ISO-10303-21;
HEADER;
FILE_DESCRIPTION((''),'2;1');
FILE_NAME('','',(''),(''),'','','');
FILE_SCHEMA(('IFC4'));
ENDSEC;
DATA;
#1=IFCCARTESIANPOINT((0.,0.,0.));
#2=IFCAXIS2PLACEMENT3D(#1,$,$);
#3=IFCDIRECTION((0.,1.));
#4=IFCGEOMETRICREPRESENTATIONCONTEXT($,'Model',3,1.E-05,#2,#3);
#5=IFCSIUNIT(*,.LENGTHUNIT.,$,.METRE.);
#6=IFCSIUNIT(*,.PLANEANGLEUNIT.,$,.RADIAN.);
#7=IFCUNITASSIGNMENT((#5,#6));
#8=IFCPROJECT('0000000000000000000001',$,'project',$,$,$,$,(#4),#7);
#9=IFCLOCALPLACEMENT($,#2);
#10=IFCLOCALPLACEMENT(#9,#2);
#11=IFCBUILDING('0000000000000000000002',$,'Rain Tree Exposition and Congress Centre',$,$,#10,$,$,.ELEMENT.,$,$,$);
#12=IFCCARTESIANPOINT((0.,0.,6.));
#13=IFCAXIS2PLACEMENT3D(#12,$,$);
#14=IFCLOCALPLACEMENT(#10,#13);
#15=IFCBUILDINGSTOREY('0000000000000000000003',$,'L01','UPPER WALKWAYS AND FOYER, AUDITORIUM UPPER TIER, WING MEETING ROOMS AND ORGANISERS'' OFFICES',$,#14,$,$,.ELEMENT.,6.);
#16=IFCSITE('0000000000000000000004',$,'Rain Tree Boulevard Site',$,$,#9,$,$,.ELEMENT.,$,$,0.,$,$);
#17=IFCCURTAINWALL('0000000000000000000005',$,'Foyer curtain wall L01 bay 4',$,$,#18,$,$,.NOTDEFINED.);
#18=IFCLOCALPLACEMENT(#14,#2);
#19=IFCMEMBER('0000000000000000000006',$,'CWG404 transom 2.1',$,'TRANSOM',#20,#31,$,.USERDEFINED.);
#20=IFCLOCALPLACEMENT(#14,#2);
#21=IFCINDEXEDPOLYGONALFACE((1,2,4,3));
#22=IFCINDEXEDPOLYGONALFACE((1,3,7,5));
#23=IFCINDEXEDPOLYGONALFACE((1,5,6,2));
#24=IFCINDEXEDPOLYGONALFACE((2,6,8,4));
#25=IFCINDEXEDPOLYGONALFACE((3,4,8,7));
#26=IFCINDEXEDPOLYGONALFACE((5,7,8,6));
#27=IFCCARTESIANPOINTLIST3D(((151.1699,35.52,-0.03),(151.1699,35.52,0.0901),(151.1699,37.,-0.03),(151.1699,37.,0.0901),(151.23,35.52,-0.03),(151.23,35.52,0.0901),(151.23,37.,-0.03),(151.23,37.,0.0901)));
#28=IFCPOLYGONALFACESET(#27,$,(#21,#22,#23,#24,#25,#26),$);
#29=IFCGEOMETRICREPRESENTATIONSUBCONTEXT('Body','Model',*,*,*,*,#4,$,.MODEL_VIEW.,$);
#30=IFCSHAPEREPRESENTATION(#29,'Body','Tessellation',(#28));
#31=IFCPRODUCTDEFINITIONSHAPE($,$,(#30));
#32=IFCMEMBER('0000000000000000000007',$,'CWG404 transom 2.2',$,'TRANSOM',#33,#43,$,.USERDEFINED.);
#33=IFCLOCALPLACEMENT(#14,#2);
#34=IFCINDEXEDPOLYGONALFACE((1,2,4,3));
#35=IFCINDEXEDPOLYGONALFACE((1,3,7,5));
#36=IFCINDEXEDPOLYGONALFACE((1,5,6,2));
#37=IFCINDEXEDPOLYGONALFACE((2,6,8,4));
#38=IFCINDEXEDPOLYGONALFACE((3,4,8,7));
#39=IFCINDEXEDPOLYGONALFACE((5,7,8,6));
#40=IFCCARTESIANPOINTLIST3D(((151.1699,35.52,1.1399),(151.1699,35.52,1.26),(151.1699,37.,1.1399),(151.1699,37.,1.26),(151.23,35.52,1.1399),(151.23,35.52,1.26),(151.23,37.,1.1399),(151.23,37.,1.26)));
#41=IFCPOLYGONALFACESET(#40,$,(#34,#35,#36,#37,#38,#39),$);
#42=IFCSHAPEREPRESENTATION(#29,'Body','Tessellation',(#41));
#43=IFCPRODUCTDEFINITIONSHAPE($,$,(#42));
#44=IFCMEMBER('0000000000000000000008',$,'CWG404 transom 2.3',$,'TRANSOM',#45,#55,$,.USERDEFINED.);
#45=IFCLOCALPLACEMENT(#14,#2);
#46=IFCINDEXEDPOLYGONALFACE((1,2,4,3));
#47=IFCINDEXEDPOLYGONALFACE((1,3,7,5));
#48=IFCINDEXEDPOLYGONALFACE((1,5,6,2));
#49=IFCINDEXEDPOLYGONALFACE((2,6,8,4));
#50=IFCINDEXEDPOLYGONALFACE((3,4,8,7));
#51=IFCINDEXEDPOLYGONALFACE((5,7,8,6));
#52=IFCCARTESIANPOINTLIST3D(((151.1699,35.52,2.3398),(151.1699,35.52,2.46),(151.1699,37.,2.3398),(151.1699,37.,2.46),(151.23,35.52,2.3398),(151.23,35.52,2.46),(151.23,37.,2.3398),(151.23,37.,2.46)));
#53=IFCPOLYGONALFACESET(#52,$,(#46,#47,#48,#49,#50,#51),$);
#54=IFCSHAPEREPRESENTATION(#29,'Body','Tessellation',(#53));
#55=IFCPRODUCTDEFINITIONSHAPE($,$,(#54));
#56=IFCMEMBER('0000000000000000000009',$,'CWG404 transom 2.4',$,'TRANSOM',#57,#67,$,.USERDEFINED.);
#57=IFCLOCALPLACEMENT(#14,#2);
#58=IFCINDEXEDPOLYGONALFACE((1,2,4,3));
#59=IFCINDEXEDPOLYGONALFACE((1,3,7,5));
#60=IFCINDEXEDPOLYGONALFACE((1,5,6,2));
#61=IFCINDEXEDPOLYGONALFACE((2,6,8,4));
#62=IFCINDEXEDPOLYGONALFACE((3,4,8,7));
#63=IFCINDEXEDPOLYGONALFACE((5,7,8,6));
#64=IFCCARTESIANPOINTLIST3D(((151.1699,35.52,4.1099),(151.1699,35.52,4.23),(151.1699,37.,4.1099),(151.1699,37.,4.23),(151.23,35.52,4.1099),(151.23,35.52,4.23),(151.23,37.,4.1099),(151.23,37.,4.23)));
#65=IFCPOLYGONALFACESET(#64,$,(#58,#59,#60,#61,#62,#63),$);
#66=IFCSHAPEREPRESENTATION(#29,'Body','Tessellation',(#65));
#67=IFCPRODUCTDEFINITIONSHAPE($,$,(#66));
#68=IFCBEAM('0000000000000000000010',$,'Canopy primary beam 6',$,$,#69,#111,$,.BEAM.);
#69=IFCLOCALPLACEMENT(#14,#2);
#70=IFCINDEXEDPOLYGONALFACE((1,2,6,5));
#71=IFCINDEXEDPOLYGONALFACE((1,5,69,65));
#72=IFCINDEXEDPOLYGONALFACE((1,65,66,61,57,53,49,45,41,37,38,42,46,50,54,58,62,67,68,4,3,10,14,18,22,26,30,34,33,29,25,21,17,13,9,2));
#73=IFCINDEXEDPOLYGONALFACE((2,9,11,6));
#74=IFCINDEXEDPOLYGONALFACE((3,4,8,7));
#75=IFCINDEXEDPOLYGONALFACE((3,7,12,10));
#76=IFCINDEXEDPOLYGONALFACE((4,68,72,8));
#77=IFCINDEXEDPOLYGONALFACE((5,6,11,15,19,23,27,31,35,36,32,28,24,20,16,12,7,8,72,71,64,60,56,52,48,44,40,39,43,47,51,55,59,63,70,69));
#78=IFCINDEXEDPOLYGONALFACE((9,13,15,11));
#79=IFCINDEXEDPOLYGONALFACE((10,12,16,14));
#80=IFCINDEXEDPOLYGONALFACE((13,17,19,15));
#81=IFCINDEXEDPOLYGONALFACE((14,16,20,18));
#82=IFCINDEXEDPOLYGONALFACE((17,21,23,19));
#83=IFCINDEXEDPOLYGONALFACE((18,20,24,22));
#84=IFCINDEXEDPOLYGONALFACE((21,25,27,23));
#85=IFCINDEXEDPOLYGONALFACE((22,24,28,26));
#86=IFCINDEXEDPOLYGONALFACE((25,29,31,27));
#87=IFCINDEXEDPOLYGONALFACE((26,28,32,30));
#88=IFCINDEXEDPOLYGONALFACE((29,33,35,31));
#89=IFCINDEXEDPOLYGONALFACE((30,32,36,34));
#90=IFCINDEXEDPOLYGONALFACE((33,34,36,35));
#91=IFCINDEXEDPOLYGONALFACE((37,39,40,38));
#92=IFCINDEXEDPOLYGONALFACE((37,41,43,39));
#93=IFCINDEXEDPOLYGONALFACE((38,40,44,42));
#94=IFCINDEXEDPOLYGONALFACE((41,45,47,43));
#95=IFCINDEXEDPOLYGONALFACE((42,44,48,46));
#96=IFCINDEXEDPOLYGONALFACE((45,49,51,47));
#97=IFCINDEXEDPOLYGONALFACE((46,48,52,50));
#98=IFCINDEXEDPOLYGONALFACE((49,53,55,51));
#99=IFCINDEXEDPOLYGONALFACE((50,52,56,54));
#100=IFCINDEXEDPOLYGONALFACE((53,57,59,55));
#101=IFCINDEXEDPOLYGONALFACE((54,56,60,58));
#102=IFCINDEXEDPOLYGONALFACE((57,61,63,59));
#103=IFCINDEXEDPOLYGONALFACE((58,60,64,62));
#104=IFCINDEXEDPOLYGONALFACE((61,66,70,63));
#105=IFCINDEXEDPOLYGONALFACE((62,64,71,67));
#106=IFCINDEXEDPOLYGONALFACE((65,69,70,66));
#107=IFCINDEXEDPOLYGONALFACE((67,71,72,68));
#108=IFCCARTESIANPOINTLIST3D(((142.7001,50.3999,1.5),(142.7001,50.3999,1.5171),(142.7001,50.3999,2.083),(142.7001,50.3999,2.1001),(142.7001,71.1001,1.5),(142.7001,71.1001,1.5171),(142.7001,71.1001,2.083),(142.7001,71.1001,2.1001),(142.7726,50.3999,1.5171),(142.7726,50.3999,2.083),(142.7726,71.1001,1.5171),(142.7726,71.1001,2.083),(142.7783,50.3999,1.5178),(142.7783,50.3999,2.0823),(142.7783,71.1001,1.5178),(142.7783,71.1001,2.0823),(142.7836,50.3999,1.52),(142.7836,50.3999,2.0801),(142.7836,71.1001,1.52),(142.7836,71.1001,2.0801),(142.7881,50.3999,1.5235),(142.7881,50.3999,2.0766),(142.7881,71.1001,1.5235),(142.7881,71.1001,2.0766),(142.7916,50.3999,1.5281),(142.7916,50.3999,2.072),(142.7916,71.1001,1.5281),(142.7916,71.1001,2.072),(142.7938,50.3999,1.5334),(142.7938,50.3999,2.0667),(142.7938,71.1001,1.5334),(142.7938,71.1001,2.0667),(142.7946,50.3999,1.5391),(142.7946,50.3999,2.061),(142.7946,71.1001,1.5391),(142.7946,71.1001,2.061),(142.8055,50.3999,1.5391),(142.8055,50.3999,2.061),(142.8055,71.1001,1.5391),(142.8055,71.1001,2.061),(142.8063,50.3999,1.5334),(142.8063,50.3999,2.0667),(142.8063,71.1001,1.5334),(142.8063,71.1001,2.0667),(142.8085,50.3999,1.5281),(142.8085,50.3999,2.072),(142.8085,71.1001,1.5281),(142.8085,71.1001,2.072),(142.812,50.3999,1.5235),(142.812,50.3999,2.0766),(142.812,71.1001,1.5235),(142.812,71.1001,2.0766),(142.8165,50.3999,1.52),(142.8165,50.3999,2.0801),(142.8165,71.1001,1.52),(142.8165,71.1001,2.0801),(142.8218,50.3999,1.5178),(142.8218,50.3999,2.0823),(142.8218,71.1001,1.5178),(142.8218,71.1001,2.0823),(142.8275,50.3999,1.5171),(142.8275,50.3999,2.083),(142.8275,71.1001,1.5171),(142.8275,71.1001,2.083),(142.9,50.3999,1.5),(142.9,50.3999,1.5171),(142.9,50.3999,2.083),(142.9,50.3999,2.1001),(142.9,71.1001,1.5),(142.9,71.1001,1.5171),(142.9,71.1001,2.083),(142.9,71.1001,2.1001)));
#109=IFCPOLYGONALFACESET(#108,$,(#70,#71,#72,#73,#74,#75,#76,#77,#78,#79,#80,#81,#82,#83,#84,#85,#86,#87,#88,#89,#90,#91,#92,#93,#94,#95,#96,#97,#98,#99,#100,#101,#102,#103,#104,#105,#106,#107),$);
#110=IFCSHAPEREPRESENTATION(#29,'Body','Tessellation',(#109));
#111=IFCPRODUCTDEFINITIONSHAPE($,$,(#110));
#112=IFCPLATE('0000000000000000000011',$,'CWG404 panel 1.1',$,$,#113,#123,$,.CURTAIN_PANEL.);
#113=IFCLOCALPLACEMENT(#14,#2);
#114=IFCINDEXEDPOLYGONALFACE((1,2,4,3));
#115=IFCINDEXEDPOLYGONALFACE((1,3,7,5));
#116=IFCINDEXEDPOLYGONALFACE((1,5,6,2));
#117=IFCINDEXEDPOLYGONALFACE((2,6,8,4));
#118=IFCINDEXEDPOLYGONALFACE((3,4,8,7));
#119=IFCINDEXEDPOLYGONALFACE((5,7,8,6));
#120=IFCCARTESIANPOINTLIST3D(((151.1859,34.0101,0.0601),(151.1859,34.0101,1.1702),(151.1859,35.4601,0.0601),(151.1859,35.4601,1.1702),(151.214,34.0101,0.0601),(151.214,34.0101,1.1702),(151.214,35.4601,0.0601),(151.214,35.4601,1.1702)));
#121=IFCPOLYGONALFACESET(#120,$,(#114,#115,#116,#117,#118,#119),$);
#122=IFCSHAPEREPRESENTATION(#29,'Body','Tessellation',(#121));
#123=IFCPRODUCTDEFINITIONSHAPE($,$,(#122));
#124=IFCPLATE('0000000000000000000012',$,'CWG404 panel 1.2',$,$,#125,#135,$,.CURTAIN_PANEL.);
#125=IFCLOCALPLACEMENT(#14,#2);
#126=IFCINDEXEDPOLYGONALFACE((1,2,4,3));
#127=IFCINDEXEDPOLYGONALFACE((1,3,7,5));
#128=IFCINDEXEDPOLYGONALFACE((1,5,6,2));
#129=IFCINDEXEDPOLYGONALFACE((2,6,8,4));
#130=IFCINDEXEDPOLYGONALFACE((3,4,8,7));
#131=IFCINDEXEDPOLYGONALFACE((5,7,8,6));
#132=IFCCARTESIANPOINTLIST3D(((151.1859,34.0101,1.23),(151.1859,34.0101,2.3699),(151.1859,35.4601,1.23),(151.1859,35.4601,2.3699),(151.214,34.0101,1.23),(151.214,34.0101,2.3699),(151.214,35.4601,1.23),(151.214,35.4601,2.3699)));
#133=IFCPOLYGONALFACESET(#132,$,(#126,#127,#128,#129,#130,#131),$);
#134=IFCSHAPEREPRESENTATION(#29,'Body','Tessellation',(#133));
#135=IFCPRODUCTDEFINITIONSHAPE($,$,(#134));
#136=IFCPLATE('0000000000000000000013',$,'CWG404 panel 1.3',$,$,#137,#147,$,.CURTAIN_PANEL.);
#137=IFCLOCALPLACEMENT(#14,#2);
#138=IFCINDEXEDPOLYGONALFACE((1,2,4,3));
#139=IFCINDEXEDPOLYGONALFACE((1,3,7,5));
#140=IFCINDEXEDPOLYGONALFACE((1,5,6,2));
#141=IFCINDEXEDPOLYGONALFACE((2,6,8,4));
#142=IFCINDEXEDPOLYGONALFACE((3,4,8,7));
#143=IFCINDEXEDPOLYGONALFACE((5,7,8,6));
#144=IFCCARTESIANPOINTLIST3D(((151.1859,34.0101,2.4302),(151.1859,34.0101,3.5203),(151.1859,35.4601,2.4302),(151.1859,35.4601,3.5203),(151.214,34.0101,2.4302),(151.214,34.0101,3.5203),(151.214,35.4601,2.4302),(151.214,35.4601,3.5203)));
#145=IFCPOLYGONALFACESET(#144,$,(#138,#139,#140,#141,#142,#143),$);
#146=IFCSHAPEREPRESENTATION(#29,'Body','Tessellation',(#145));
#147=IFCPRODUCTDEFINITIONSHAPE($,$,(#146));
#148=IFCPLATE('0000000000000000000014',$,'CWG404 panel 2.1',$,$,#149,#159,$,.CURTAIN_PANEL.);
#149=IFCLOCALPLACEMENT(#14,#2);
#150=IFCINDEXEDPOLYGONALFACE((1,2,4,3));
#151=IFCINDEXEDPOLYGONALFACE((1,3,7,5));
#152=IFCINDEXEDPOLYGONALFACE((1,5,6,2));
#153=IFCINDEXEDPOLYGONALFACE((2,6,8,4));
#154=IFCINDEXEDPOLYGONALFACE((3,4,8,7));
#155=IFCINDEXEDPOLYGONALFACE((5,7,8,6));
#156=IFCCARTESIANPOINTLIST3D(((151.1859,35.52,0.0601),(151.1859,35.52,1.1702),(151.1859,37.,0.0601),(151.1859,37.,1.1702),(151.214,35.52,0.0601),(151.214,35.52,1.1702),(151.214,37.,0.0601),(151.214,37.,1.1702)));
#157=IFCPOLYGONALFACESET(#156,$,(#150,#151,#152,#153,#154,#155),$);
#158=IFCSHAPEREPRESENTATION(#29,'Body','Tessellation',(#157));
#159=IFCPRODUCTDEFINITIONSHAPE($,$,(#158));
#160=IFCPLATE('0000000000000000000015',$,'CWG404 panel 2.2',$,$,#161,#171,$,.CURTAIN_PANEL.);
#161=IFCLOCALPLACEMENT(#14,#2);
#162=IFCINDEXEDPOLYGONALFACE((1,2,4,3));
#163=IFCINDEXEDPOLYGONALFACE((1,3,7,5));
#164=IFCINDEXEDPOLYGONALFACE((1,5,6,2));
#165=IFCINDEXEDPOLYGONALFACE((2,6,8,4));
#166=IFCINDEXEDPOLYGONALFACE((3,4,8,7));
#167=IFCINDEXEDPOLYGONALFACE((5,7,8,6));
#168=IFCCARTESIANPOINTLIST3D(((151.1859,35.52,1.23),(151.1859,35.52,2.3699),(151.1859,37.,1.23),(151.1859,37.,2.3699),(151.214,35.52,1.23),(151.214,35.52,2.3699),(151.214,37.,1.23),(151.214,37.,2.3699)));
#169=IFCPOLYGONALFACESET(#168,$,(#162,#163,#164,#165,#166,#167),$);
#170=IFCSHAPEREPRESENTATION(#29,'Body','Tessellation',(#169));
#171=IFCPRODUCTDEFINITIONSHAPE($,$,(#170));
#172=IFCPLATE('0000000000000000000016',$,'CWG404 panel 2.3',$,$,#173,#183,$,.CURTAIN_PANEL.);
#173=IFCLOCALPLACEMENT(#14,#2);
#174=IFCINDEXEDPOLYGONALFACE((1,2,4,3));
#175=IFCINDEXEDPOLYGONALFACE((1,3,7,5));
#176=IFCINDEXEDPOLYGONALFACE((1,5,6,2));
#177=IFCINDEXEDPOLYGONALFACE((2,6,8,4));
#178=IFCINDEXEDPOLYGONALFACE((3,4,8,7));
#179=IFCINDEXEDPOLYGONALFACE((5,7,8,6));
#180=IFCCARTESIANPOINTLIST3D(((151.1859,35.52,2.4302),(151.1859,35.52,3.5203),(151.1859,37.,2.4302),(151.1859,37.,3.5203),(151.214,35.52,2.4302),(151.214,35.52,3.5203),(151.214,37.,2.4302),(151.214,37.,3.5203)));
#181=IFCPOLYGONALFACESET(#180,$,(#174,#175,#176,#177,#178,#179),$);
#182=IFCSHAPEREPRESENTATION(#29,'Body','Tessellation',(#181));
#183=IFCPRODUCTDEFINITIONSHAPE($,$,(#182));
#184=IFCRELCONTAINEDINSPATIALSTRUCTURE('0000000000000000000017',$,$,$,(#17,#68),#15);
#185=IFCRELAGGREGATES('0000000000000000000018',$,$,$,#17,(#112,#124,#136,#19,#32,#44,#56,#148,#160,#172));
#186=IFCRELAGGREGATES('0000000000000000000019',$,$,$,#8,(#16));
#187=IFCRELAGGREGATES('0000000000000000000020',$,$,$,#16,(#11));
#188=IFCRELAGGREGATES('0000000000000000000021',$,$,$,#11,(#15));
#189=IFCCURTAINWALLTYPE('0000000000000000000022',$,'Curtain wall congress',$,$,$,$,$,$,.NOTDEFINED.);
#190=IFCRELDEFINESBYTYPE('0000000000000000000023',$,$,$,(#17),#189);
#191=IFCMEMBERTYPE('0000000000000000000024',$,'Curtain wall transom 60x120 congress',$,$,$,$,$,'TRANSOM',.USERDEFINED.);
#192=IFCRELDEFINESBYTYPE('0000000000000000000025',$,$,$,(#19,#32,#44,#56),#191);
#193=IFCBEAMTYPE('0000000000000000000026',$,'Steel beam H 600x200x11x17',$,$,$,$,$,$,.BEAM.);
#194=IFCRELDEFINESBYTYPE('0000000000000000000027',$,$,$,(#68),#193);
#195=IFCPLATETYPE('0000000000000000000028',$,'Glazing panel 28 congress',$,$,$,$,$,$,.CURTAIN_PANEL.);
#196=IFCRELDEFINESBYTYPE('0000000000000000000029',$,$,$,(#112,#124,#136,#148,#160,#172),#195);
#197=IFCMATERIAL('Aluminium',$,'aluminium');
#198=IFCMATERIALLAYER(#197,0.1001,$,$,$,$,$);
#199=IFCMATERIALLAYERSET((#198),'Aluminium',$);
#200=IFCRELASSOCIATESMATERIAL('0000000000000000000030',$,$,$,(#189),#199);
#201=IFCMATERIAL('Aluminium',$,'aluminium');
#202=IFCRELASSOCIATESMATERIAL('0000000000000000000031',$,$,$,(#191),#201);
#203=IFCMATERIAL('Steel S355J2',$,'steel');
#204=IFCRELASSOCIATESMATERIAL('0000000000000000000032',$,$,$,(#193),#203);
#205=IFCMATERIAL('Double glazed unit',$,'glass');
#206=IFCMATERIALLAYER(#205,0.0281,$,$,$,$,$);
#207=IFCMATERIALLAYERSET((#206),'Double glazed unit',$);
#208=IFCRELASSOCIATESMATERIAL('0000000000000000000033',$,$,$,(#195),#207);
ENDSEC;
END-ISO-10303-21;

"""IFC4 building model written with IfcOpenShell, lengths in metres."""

from ifc_helpers import new_model, si_unit, direction, frame, origin, origin_2d, place, context, subcontext, project, spatial, rectangle, i_section, extrude, material, layer, layer_set, material_profile, profile_set, type_object, element, aggregate, save


model = new_model("IFC4")

# Units and contexts
model_context = context("Model", 3, precision=1e-05, world=origin(), true_north=direction((0.0, 1.0)))
body_context = subcontext(model_context, "Body", "Model", "MODEL_VIEW")
ifc_project = project(units=[si_unit("LENGTHUNIT", "METRE"), si_unit("PLANEANGLEUNIT", "RADIAN")], contexts=[model_context])

# Site, building, storey
site_placement = place(None, origin())
site = spatial("IfcSite", under=ifc_project, at=site_placement, Name="Rain Tree Boulevard Site", CompositionType="ELEMENT", RefElevation=0.0)
building_placement = place(site_placement, origin())
building = spatial("IfcBuilding", under=site, at=building_placement, Name="Rain Tree Exposition and Congress Centre", CompositionType="ELEMENT")
storey_placement = place(building_placement, frame((0.0, 0.0, 6.0)))
storey = spatial("IfcBuildingStorey", under=building, at=storey_placement, Name="L01", Description="UPPER WALKWAYS AND FOYER, AUDITORIUM UPPER TIER, WING MEETING ROOMS AND ORGANISERS' OFFICES", CompositionType="ELEMENT", Elevation=6.0)

# Curtain wall, members
ifc_material_1 = material(Name="Aluminium", Category="aluminium")
ifc_layer_1 = layer(ifc_material_1, 0.1001)
ifc_layer_set_1 = layer_set([ifc_layer_1], Name="Aluminium")
curtain_wall_type = type_object("IfcCurtainWallType", Name="Curtain wall congress", PredefinedType="NOTDEFINED", material=ifc_layer_set_1)
curtain_wall_placement = place(storey_placement, origin())
curtain_wall = element("IfcCurtainWall", 1, at=curtain_wall_placement, inside=storey, type_object=curtain_wall_type, Name="Foyer curtain wall L01 bay 4", PredefinedType="NOTDEFINED")
ifc_material_2 = material(Name="Aluminium", Category="aluminium")
ifc_material_profile_1 = material_profile(ifc_material_2, rectangle(XDim=0.0601, YDim=0.1201, at=origin_2d()), Name="AL 60x120")
ifc_profile_set_1 = profile_set([ifc_material_profile_1], Name="Aluminium")
member_type_1 = type_object("IfcMemberType", Name="Curtain wall transom 60x120 congress", ElementType="TRANSOM", PredefinedType="USERDEFINED", material=ifc_profile_set_1)
member_1_placement = place(storey_placement, frame((151.2, 35.52, 0.03), z_axis=(0.0, 1.0, 0.0), x_axis=(-1.0, 0.0, 0.0)))
member_1 = element("IfcMember", 2, at=member_1_placement, type_object=member_type_1, Name="CWG404 transom 2.1", ObjectType="TRANSOM", PredefinedType="USERDEFINED", context=body_context, shape_type="SweptSolid", body=[
    extrude(rectangle(XDim=0.0601, YDim=0.1201, at=origin_2d()), origin(), (0.0, 0.0, 1.0), 1.48),
])
member_2_placement = place(storey_placement, frame((151.2, 35.52, 1.2), z_axis=(0.0, 1.0, 0.0), x_axis=(-1.0, 0.0, 0.0)))
member_2 = element("IfcMember", 3, at=member_2_placement, type_object=member_type_1, Name="CWG404 transom 2.2", ObjectType="TRANSOM", PredefinedType="USERDEFINED", context=body_context, shape_type="SweptSolid", body=[
    extrude(rectangle(XDim=0.0601, YDim=0.1201, at=origin_2d()), origin(), (0.0, 0.0, 1.0), 1.48),
])
member_3_placement = place(storey_placement, frame((151.2, 35.52, 2.3999), z_axis=(0.0, 1.0, 0.0), x_axis=(-1.0, 0.0, 0.0)))
member_3 = element("IfcMember", 4, at=member_3_placement, type_object=member_type_1, Name="CWG404 transom 2.3", ObjectType="TRANSOM", PredefinedType="USERDEFINED", context=body_context, shape_type="SweptSolid", body=[
    extrude(rectangle(XDim=0.0601, YDim=0.1201, at=origin_2d()), origin(), (0.0, 0.0, 1.0), 1.48),
])
member_4_placement = place(storey_placement, frame((151.2, 35.52, 4.1699), z_axis=(0.0, 1.0, 0.0), x_axis=(-1.0, 0.0, 0.0)))
member_4 = element("IfcMember", 5, at=member_4_placement, type_object=member_type_1, Name="CWG404 transom 2.4", ObjectType="TRANSOM", PredefinedType="USERDEFINED", context=body_context, shape_type="SweptSolid", body=[
    extrude(rectangle(XDim=0.0601, YDim=0.1201, at=origin_2d()), origin(), (0.0, 0.0, 1.0), 1.48),
])

# Beam
ifc_material_3 = material(Name="Steel S355J2", Category="steel")
ifc_material_profile_2 = material_profile(ifc_material_3, i_section(OverallWidth=0.2, OverallDepth=0.6001, WebThickness=0.011, FlangeThickness=0.0171, FilletRadius=0.022, at=origin_2d()), Name="H 600x200x11x17")
ifc_profile_set_2 = profile_set([ifc_material_profile_2], Name="Steel S355J2")
beam_type = type_object("IfcBeamType", Name="Steel beam H 600x200x11x17", PredefinedType="BEAM", material=ifc_profile_set_2)
beam_placement = place(storey_placement, frame((142.8, 50.3999, 1.8), z_axis=(0.0, 1.0, 0.0), x_axis=(-1.0, 0.0, 0.0)))
element("IfcBeam", 6, at=beam_placement, inside=storey, type_object=beam_type, Name="Canopy primary beam 6", PredefinedType="BEAM", context=body_context, shape_type="SweptSolid", body=[
    extrude(i_section(OverallWidth=0.2, OverallDepth=0.6001, WebThickness=0.011, FlangeThickness=0.0171, FilletRadius=0.022, at=origin_2d()), origin(), (0.0, 0.0, 1.0), 20.7002),
])

# Plates
ifc_material_4 = material(Name="Double glazed unit", Category="glass")
ifc_layer_2 = layer(ifc_material_4, 0.0281)
ifc_layer_set_2 = layer_set([ifc_layer_2], Name="Double glazed unit")
plate_type = type_object("IfcPlateType", Name="Glazing panel 28 congress", PredefinedType="CURTAIN_PANEL", material=ifc_layer_set_2)
plate_1_placement = place(storey_placement, frame((151.2, 34.7351, 0.0601), z_axis=(0.0, 0.0, 1.0), x_axis=(0.0, 1.0, 0.0)))
plate_1 = element("IfcPlate", 7, at=plate_1_placement, type_object=plate_type, Name="CWG404 panel 1.1", PredefinedType="CURTAIN_PANEL", context=body_context, shape_type="SweptSolid", body=[
    extrude(rectangle(XDim=1.45, YDim=0.0281, at=origin_2d()), origin(), (0.0, 0.0, 1.0), 1.1101),
])
plate_2_placement = place(storey_placement, frame((151.2, 34.7351, 1.23), z_axis=(0.0, 0.0, 1.0), x_axis=(0.0, 1.0, 0.0)))
plate_2 = element("IfcPlate", 8, at=plate_2_placement, type_object=plate_type, Name="CWG404 panel 1.2", PredefinedType="CURTAIN_PANEL", context=body_context, shape_type="SweptSolid", body=[
    extrude(rectangle(XDim=1.45, YDim=0.0281, at=origin_2d()), origin(), (0.0, 0.0, 1.0), 1.1399),
])
plate_3_placement = place(storey_placement, frame((151.2, 34.7351, 2.4302), z_axis=(0.0, 0.0, 1.0), x_axis=(0.0, 1.0, 0.0)))
plate_3 = element("IfcPlate", 9, at=plate_3_placement, type_object=plate_type, Name="CWG404 panel 1.3", PredefinedType="CURTAIN_PANEL", context=body_context, shape_type="SweptSolid", body=[
    extrude(rectangle(XDim=1.45, YDim=0.0281, at=origin_2d()), origin(), (0.0, 0.0, 1.0), 1.0901),
])
plate_4_placement = place(storey_placement, frame((151.2, 36.26, 0.0601), z_axis=(0.0, 0.0, 1.0), x_axis=(0.0, 1.0, 0.0)))
plate_4 = element("IfcPlate", 10, at=plate_4_placement, type_object=plate_type, Name="CWG404 panel 2.1", PredefinedType="CURTAIN_PANEL", context=body_context, shape_type="SweptSolid", body=[
    extrude(rectangle(XDim=1.48, YDim=0.0281, at=origin_2d()), origin(), (0.0, 0.0, 1.0), 1.1101),
])
plate_5_placement = place(storey_placement, frame((151.2, 36.26, 1.23), z_axis=(0.0, 0.0, 1.0), x_axis=(0.0, 1.0, 0.0)))
plate_5 = element("IfcPlate", 11, at=plate_5_placement, type_object=plate_type, Name="CWG404 panel 2.2", PredefinedType="CURTAIN_PANEL", context=body_context, shape_type="SweptSolid", body=[
    extrude(rectangle(XDim=1.48, YDim=0.0281, at=origin_2d()), origin(), (0.0, 0.0, 1.0), 1.1399),
])
plate_6_placement = place(storey_placement, frame((151.2, 36.26, 2.4302), z_axis=(0.0, 0.0, 1.0), x_axis=(0.0, 1.0, 0.0)))
plate_6 = element("IfcPlate", 12, at=plate_6_placement, type_object=plate_type, Name="CWG404 panel 2.3", PredefinedType="CURTAIN_PANEL", context=body_context, shape_type="SweptSolid", body=[
    extrude(rectangle(XDim=1.48, YDim=0.0281, at=origin_2d()), origin(), (0.0, 0.0, 1.0), 1.0901),
])
aggregate(curtain_wall, [plate_1, plate_2, plate_3, member_1, member_2, member_3, member_4, plate_4, plate_5, plate_6])

save(model, "model.ifc")
